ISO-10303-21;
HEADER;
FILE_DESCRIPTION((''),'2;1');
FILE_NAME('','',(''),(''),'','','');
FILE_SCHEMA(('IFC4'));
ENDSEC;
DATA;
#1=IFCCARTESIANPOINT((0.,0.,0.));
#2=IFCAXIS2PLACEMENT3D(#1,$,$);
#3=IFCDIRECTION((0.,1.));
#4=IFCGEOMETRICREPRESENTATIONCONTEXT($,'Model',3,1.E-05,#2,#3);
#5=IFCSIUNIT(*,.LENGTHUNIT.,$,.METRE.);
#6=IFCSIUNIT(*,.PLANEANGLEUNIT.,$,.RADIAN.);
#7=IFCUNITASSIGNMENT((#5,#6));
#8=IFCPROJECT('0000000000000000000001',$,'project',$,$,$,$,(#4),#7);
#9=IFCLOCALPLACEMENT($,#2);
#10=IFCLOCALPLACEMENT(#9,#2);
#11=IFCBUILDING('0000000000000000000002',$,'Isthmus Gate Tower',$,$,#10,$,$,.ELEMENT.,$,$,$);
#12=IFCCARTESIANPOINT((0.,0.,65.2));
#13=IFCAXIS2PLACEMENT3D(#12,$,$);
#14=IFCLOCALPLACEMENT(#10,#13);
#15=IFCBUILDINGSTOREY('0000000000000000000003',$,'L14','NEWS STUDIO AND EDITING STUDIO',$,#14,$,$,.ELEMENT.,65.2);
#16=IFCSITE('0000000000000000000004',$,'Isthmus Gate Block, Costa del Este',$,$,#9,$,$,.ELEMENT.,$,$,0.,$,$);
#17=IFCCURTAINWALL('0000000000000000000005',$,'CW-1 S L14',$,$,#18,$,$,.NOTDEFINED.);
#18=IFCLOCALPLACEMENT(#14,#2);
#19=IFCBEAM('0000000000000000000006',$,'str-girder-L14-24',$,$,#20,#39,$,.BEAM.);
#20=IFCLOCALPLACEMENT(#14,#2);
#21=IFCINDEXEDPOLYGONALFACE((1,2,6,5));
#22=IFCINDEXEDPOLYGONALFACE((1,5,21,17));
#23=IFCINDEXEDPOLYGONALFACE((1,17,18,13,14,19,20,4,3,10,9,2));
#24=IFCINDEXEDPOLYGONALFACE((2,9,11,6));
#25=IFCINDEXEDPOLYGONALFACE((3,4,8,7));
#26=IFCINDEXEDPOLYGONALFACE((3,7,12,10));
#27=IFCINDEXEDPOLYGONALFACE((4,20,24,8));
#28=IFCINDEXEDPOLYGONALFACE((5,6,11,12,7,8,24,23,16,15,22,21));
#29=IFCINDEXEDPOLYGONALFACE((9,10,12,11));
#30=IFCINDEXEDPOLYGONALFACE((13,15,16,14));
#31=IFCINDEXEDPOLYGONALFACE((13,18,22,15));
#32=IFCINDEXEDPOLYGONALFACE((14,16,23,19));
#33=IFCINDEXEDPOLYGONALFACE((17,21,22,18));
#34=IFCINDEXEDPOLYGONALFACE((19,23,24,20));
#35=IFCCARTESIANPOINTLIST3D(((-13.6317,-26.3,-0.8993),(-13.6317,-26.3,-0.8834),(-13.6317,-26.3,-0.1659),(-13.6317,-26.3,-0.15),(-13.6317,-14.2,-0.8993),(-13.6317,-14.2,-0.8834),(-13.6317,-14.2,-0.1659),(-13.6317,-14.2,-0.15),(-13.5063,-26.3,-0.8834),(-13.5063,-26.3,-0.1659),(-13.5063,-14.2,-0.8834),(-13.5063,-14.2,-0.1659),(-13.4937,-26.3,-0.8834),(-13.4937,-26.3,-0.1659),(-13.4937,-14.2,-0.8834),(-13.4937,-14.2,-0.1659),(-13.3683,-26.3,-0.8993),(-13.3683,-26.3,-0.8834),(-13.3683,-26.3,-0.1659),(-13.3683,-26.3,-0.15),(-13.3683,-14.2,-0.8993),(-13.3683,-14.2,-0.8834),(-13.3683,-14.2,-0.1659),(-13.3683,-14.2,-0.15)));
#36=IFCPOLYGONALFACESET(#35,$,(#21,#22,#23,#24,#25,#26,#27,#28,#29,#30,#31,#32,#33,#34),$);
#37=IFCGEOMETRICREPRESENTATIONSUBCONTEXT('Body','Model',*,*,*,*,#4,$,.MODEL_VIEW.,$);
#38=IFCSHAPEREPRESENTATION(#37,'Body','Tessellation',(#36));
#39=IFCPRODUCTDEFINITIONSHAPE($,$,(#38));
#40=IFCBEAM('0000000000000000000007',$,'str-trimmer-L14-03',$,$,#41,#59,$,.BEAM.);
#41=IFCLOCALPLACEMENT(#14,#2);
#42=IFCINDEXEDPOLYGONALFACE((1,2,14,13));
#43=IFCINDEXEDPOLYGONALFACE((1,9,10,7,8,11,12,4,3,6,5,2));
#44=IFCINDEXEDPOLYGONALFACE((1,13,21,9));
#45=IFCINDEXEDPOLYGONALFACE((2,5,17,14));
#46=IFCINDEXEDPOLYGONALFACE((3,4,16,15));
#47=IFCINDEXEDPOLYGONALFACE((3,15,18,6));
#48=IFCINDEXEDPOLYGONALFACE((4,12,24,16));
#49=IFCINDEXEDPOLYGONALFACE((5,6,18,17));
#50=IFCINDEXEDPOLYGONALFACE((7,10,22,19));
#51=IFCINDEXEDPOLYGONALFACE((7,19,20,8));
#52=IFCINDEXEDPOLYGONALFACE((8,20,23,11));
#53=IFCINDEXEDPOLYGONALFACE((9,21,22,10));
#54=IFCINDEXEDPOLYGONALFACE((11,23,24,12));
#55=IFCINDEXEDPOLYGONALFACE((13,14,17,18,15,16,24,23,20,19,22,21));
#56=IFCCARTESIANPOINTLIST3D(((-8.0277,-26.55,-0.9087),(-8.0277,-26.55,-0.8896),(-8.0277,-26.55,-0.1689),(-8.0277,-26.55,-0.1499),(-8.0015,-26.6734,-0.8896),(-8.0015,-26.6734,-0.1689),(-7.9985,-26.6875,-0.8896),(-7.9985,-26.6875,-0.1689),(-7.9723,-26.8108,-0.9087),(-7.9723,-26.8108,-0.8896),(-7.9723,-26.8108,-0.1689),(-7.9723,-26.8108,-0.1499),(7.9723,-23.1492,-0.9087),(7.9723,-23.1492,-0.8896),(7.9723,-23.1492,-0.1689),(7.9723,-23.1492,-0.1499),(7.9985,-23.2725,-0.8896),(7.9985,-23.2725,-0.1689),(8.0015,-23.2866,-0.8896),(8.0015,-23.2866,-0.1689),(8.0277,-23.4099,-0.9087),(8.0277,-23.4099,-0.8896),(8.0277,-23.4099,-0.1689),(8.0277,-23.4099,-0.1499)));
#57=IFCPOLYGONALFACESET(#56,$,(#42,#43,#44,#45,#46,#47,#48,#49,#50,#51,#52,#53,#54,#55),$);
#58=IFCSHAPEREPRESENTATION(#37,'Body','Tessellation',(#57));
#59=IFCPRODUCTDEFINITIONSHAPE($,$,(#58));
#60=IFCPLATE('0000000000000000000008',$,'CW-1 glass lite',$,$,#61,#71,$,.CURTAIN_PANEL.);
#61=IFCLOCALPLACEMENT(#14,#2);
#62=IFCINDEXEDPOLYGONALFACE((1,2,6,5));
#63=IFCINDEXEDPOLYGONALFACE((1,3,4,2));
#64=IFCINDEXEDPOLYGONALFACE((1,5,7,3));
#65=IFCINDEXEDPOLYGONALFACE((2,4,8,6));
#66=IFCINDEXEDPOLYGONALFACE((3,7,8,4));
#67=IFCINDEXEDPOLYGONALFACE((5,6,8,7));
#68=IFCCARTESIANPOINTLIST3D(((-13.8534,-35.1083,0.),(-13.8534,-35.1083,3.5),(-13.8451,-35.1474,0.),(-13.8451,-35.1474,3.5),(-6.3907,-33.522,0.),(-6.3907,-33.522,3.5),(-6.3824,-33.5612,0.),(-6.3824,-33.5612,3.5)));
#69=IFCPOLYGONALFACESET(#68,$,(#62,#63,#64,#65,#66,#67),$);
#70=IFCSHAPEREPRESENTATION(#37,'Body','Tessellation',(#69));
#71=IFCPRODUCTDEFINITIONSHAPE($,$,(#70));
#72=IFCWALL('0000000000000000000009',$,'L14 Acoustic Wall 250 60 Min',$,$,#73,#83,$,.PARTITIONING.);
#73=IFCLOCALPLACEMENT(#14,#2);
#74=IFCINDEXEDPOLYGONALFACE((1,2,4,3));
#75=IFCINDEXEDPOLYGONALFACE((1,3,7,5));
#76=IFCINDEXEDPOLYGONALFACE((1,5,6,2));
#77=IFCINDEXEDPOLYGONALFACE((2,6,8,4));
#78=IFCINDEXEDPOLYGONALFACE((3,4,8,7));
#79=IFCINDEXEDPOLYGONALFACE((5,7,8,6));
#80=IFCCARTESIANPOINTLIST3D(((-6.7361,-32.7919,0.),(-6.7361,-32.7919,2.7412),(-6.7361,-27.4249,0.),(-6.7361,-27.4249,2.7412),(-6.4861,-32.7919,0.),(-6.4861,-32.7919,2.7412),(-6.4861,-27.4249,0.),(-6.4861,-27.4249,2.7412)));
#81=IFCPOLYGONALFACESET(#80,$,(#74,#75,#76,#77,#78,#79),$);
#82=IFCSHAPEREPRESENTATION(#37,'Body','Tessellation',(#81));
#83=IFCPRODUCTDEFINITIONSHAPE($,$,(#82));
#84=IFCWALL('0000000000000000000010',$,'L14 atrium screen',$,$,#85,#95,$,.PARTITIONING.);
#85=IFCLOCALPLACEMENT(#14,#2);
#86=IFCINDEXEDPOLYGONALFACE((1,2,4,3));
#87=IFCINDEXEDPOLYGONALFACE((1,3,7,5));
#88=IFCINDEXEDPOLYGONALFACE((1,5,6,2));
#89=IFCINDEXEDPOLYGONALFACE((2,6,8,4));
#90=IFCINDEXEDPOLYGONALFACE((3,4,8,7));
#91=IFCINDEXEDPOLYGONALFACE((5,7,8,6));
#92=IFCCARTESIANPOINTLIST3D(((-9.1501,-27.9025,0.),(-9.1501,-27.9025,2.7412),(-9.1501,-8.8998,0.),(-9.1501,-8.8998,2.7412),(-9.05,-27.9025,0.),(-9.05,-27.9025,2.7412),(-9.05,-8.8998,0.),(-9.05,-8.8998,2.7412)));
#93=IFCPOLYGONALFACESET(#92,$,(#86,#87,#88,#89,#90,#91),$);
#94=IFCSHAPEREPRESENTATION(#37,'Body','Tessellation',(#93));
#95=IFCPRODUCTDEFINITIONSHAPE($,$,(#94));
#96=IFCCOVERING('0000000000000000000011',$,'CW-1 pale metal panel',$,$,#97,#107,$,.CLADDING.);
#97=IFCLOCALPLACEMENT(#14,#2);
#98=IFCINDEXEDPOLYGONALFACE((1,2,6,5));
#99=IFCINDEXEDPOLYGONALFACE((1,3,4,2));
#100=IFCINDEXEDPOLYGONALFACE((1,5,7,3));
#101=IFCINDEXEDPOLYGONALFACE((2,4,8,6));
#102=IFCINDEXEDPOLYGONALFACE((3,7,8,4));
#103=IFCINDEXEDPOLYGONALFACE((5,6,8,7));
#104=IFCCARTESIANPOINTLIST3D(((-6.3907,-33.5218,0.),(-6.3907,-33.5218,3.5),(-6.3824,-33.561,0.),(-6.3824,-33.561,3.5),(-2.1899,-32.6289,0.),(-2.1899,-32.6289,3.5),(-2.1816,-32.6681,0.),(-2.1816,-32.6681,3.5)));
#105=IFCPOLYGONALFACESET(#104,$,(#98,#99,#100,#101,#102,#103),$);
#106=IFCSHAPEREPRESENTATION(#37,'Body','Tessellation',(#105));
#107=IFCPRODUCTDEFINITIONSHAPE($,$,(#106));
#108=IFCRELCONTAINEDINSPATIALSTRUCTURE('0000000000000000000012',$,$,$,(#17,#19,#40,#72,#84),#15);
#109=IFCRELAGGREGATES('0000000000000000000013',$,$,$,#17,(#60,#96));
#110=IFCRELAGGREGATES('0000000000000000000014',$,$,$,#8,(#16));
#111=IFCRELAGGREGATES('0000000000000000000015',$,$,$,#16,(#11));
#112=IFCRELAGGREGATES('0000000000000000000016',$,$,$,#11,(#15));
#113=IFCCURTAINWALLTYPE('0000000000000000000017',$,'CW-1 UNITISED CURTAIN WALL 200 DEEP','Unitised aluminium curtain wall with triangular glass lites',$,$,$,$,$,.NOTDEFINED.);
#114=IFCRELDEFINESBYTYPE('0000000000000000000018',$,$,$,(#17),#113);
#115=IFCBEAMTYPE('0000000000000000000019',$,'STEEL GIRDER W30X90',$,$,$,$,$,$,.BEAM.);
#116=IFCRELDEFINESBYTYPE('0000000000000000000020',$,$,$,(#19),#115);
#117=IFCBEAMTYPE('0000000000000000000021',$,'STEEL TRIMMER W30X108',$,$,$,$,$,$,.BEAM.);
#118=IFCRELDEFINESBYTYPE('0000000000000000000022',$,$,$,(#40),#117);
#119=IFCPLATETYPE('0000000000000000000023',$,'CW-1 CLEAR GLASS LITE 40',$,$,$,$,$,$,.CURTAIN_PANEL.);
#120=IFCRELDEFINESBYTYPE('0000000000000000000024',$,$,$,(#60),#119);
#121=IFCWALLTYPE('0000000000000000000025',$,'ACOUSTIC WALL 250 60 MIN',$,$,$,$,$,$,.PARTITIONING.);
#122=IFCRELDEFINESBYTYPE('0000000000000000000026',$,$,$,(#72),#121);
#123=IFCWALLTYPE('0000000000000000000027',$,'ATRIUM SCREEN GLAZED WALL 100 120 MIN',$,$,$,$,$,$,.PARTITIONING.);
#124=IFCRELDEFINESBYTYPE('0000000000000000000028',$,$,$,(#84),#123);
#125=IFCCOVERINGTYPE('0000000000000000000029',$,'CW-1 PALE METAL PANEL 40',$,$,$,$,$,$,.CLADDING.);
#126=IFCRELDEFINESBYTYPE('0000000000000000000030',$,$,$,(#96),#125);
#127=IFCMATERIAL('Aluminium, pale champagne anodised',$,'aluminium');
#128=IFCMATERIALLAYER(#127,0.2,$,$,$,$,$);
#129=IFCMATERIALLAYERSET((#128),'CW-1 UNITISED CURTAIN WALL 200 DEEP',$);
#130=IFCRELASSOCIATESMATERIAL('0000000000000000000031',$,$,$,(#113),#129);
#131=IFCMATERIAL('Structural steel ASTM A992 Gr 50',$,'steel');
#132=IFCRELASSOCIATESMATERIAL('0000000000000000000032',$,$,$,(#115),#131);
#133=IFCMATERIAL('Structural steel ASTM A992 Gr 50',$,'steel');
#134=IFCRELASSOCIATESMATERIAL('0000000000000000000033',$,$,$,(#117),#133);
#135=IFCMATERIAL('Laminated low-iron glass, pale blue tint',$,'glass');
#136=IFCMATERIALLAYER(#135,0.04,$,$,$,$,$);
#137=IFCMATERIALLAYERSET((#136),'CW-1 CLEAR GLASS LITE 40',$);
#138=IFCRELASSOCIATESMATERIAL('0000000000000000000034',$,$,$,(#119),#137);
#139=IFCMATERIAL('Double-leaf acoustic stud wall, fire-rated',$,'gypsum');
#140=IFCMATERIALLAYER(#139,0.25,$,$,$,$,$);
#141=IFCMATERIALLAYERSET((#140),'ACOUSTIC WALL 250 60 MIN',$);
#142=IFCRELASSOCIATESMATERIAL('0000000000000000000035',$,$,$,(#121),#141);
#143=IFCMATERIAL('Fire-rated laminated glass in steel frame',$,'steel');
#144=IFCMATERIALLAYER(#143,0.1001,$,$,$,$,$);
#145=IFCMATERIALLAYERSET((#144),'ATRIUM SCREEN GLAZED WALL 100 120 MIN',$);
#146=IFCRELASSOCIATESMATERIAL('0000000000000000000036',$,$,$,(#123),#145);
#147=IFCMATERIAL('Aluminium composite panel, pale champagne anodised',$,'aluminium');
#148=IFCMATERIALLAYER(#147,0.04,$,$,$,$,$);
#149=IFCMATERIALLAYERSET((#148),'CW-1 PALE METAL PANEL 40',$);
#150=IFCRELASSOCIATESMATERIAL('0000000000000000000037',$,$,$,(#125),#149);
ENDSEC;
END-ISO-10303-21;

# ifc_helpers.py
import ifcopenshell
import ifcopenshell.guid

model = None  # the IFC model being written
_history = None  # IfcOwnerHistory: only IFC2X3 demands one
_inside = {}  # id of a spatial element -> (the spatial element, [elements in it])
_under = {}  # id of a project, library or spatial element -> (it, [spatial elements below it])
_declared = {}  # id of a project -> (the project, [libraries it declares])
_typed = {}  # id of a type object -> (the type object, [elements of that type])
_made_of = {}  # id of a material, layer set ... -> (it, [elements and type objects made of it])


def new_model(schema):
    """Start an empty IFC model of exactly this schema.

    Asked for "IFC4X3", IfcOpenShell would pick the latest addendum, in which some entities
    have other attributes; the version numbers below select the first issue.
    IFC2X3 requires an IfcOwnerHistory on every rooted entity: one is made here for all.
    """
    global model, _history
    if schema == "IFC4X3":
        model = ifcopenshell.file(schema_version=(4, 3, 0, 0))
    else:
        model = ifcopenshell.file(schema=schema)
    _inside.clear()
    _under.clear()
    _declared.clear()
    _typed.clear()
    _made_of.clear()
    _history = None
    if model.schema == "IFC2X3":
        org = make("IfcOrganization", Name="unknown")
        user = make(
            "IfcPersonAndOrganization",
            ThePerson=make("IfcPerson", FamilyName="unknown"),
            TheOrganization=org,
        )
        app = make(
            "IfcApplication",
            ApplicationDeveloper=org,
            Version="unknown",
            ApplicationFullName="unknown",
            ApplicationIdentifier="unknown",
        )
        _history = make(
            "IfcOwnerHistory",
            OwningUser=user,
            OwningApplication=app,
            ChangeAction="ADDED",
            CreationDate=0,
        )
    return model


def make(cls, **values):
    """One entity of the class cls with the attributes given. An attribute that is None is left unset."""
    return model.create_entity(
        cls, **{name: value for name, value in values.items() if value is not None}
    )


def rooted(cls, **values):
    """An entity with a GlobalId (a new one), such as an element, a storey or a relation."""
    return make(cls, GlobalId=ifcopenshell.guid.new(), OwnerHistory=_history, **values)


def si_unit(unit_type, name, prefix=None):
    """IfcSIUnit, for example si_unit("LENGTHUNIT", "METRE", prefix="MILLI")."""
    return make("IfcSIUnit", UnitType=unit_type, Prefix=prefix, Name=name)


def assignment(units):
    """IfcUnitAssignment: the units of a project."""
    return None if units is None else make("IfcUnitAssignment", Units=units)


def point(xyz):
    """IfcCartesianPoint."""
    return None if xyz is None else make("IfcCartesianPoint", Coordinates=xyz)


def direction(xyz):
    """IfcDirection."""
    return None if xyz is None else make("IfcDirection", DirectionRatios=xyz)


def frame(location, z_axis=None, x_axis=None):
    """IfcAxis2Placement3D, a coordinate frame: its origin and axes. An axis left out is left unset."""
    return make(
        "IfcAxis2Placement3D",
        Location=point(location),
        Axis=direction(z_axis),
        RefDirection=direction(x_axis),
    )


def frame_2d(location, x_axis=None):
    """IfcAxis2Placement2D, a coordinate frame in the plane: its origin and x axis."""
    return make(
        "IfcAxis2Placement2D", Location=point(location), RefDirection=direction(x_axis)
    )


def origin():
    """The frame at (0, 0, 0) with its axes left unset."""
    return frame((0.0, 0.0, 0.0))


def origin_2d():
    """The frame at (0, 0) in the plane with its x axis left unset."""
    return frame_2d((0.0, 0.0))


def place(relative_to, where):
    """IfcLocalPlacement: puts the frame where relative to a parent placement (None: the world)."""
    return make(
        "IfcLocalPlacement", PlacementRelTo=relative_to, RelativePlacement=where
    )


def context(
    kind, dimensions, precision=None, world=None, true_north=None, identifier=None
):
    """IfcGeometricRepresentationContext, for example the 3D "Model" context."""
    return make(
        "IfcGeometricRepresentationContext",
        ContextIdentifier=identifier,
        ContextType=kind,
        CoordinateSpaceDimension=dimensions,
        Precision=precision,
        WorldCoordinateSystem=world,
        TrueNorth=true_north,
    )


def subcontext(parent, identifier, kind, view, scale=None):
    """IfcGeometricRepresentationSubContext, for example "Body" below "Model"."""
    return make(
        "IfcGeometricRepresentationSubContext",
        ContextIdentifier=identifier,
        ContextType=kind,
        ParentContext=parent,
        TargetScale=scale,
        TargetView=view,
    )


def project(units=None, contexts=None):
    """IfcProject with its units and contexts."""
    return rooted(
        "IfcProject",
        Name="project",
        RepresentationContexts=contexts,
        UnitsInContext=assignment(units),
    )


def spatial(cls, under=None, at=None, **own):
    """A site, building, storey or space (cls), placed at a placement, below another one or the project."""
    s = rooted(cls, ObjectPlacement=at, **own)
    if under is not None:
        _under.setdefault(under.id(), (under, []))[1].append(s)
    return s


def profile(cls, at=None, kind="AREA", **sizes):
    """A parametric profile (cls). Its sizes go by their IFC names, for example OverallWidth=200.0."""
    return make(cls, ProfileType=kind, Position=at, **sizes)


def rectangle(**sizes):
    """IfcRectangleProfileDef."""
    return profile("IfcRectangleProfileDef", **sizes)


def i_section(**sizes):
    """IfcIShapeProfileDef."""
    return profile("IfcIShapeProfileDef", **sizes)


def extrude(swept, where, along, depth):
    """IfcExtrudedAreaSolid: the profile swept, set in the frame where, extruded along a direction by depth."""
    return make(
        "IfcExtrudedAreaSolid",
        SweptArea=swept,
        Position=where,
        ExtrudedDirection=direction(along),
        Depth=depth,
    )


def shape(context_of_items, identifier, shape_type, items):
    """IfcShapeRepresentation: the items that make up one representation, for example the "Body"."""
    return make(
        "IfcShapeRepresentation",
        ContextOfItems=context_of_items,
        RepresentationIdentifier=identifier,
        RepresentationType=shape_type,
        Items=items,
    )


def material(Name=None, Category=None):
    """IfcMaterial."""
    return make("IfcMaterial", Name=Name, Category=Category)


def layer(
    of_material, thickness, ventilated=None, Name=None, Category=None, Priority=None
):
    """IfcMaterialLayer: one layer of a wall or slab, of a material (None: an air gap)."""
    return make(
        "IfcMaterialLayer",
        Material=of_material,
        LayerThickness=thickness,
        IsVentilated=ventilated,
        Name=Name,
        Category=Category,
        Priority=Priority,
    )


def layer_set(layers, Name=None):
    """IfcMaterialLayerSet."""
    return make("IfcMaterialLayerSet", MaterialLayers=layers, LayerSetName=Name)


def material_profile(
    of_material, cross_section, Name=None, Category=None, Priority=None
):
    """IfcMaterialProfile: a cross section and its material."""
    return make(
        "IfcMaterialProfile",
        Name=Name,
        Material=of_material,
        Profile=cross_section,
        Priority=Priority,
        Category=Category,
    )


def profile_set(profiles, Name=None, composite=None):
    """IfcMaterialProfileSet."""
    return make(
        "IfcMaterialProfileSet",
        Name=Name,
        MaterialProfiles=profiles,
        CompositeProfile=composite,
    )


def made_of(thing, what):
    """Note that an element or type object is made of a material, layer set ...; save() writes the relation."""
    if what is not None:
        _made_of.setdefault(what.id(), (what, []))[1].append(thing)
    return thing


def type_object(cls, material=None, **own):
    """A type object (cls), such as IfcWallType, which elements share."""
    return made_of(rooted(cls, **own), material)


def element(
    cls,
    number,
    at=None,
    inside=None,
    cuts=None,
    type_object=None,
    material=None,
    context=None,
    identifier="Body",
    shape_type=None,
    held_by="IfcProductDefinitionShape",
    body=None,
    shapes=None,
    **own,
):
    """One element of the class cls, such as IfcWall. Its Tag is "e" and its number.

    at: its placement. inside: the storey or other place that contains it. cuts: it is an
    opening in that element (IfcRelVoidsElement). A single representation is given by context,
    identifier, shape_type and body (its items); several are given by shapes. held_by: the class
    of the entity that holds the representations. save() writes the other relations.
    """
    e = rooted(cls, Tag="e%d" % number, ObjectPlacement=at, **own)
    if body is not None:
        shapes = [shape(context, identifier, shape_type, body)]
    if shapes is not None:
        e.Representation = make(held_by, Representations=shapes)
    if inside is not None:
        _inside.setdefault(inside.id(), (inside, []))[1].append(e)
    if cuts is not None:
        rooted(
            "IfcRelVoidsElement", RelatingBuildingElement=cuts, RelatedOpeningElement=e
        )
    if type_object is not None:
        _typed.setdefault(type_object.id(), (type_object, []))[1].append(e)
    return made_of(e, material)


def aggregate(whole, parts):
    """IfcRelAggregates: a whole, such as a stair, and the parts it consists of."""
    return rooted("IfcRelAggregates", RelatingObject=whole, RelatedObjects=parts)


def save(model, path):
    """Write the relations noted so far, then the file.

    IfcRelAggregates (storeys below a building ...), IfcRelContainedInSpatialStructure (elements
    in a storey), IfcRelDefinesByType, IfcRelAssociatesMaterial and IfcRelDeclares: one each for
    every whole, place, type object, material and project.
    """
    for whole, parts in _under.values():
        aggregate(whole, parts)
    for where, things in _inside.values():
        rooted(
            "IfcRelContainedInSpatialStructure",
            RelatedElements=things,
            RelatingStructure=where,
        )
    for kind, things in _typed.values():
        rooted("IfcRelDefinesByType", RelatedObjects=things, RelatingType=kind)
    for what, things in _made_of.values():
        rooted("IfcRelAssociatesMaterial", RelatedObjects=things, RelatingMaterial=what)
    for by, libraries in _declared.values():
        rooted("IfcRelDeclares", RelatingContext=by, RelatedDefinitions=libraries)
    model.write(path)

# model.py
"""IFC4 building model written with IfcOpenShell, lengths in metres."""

from ifc_helpers import new_model, si_unit, direction, frame, frame_2d, origin, origin_2d, place, context, subcontext, project, spatial, rectangle, i_section, extrude, material, layer, layer_set, material_profile, profile_set, type_object, element, aggregate, save


model = new_model("IFC4")

# Units and contexts
model_context = context("Model", 3, precision=1e-05, world=origin(), true_north=direction((0.0, 1.0)))
body_context = subcontext(model_context, "Body", "Model", "MODEL_VIEW")
ifc_project = project(units=[si_unit("LENGTHUNIT", "METRE"), si_unit("PLANEANGLEUNIT", "RADIAN")], contexts=[model_context])

# Site, building, storey
site_placement = place(None, origin())
site = spatial("IfcSite", under=ifc_project, at=site_placement, Name="Isthmus Gate Block, Costa del Este", CompositionType="ELEMENT", RefElevation=0.0)
building_placement = place(site_placement, origin())
building = spatial("IfcBuilding", under=site, at=building_placement, Name="Isthmus Gate Tower", CompositionType="ELEMENT")
storey_placement = place(building_placement, frame((0.0, 0.0, 65.2)))
storey = spatial("IfcBuildingStorey", under=building, at=storey_placement, Name="L14", Description="NEWS STUDIO AND EDITING STUDIO", CompositionType="ELEMENT", Elevation=65.2)

# Curtain wall
ifc_material_1 = material(Name="Aluminium, pale champagne anodised", Category="aluminium")
ifc_layer_1 = layer(ifc_material_1, 0.2)
ifc_layer_set_1 = layer_set([ifc_layer_1], Name="CW-1 UNITISED CURTAIN WALL 200 DEEP")
curtain_wall_type = type_object("IfcCurtainWallType", Name="CW-1 UNITISED CURTAIN WALL 200 DEEP", Description="Unitised aluminium curtain wall with triangular glass lites", PredefinedType="NOTDEFINED", material=ifc_layer_set_1)
curtain_wall_placement = place(storey_placement, origin())
curtain_wall = element("IfcCurtainWall", 1, at=curtain_wall_placement, inside=storey, type_object=curtain_wall_type, Name="CW-1 S L14", PredefinedType="NOTDEFINED")

# Beams
ifc_material_2 = material(Name="Structural steel ASTM A992 Gr 50", Category="steel")
ifc_material_profile_1 = material_profile(ifc_material_2, i_section(OverallWidth=0.2634, OverallDepth=0.7493, WebThickness=0.0127, FlangeThickness=0.0159, at=origin_2d()), Name="W30X90")
ifc_profile_set_1 = profile_set([ifc_material_profile_1], Name="Structural steel ASTM A992 Gr 50")
beam_type_1 = type_object("IfcBeamType", Name="STEEL GIRDER W30X90", PredefinedType="BEAM", material=ifc_profile_set_1)
beam_1_placement = place(storey_placement, frame((-13.5, -26.3, -0.5247), z_axis=(0.0, 1.0, 0.0), x_axis=(-1.0, 0.0, 0.0)))
element("IfcBeam", 2, at=beam_1_placement, inside=storey, type_object=beam_type_1, Name="str-girder-L14-24", PredefinedType="BEAM", context=body_context, shape_type="SweptSolid", body=[
    extrude(i_section(OverallWidth=0.2634, OverallDepth=0.7493, WebThickness=0.0127, FlangeThickness=0.0159, at=origin_2d()), origin(), (0.0, 0.0, 1.0), 12.1001),
])
ifc_material_3 = material(Name="Structural steel ASTM A992 Gr 50", Category="steel")
ifc_material_profile_2 = material_profile(ifc_material_3, i_section(OverallWidth=0.2666, OverallDepth=0.7588, WebThickness=0.0144, FlangeThickness=0.019, at=origin_2d()), Name="W30X108")
ifc_profile_set_2 = profile_set([ifc_material_profile_2], Name="Structural steel ASTM A992 Gr 50")
beam_type_2 = type_object("IfcBeamType", Name="STEEL TRIMMER W30X108", PredefinedType="BEAM", material=ifc_profile_set_2)
beam_2_placement = place(storey_placement, frame((-8.0, -26.6804, -0.5293), z_axis=(0.978148, 0.20791, 0.0), x_axis=(-0.20791, 0.978148, 0.0)))
element("IfcBeam", 3, at=beam_2_placement, inside=storey, type_object=beam_type_2, Name="str-trimmer-L14-03", PredefinedType="BEAM", context=body_context, shape_type="SweptSolid", body=[
    extrude(i_section(OverallWidth=0.2666, OverallDepth=0.7588, WebThickness=0.0144, FlangeThickness=0.019, at=origin_2d()), origin(), (0.0, 0.0, 1.0), 16.3574),
])

# Plate
ifc_material_4 = material(Name="Laminated low-iron glass, pale blue tint", Category="glass")
ifc_layer_2 = layer(ifc_material_4, 0.04)
ifc_layer_set_2 = layer_set([ifc_layer_2], Name="CW-1 CLEAR GLASS LITE 40")
plate_type = type_object("IfcPlateType", Name="CW-1 CLEAR GLASS LITE 40", PredefinedType="CURTAIN_PANEL", material=ifc_layer_set_2)
plate_placement = place(storey_placement, frame((-10.1179, -34.3347, 0.0), z_axis=(0.0, 0.0, 1.0), x_axis=(0.978148, 0.207912, 0.0)))
plate = element("IfcPlate", 4, at=plate_placement, type_object=plate_type, Name="CW-1 glass lite", PredefinedType="CURTAIN_PANEL", context=body_context, shape_type="SweptSolid", body=[
    extrude(rectangle(XDim=7.6294, YDim=0.04, at=origin_2d()), origin(), (0.0, 0.0, 1.0), 3.5),
])

# Walls
ifc_material_5 = material(Name="Double-leaf acoustic stud wall, fire-rated", Category="gypsum")
ifc_layer_3 = layer(ifc_material_5, 0.25)
ifc_layer_set_3 = layer_set([ifc_layer_3], Name="ACOUSTIC WALL 250 60 MIN")
wall_type_1 = type_object("IfcWallType", Name="ACOUSTIC WALL 250 60 MIN", PredefinedType="PARTITIONING", material=ifc_layer_set_3)
wall_1_placement = place(storey_placement, frame((-6.6111, -32.792, 0.0), z_axis=(0.0, 0.0, 1.0), x_axis=(0.0, 1.0, 0.0)))
element("IfcWall", 5, at=wall_1_placement, inside=storey, type_object=wall_type_1, Name="L14 Acoustic Wall 250 60 Min", PredefinedType="PARTITIONING", context=body_context, shape_type="SweptSolid", body=[
    extrude(rectangle(XDim=5.3669, YDim=0.25, at=frame_2d((2.6836, 0.0))), origin(), (0.0, 0.0, 1.0), 2.7412),
])
ifc_material_6 = material(Name="Fire-rated laminated glass in steel frame", Category="steel")
ifc_layer_4 = layer(ifc_material_6, 0.1001)
ifc_layer_set_4 = layer_set([ifc_layer_4], Name="ATRIUM SCREEN GLAZED WALL 100 120 MIN")
wall_type_2 = type_object("IfcWallType", Name="ATRIUM SCREEN GLAZED WALL 100 120 MIN", PredefinedType="PARTITIONING", material=ifc_layer_set_4)
wall_2_placement = place(storey_placement, frame((-9.1001, -27.9026, 0.0), z_axis=(0.0, 0.0, 1.0), x_axis=(0.0, 1.0, 0.0)))
element("IfcWall", 6, at=wall_2_placement, inside=storey, type_object=wall_type_2, Name="L14 atrium screen", PredefinedType="PARTITIONING", context=body_context, shape_type="SweptSolid", body=[
    extrude(rectangle(XDim=19.0027, YDim=0.1001, at=frame_2d((9.5015, 0.0))), origin(), (0.0, 0.0, 1.0), 2.7412),
])

# Covering
ifc_material_7 = material(Name="Aluminium composite panel, pale champagne anodised", Category="aluminium")
ifc_layer_5 = layer(ifc_material_7, 0.04)
ifc_layer_set_5 = layer_set([ifc_layer_5], Name="CW-1 PALE METAL PANEL 40")
covering_type = type_object("IfcCoveringType", Name="CW-1 PALE METAL PANEL 40", PredefinedType="CLADDING", material=ifc_layer_set_5)
covering_placement = place(storey_placement, frame((-4.2861, -33.095, 0.0), z_axis=(0.0, 0.0, 1.0), x_axis=(0.978148, 0.207912, 0.0)))
covering = element("IfcCovering", 7, at=covering_placement, type_object=covering_type, Name="CW-1 pale metal panel", PredefinedType="CLADDING", context=body_context, shape_type="SweptSolid", body=[
    extrude(rectangle(XDim=4.2947, YDim=0.04, at=origin_2d()), origin(), (0.0, 0.0, 1.0), 3.5),
])
aggregate(curtain_wall, [plate, covering])

save(model, "model.ifc")
